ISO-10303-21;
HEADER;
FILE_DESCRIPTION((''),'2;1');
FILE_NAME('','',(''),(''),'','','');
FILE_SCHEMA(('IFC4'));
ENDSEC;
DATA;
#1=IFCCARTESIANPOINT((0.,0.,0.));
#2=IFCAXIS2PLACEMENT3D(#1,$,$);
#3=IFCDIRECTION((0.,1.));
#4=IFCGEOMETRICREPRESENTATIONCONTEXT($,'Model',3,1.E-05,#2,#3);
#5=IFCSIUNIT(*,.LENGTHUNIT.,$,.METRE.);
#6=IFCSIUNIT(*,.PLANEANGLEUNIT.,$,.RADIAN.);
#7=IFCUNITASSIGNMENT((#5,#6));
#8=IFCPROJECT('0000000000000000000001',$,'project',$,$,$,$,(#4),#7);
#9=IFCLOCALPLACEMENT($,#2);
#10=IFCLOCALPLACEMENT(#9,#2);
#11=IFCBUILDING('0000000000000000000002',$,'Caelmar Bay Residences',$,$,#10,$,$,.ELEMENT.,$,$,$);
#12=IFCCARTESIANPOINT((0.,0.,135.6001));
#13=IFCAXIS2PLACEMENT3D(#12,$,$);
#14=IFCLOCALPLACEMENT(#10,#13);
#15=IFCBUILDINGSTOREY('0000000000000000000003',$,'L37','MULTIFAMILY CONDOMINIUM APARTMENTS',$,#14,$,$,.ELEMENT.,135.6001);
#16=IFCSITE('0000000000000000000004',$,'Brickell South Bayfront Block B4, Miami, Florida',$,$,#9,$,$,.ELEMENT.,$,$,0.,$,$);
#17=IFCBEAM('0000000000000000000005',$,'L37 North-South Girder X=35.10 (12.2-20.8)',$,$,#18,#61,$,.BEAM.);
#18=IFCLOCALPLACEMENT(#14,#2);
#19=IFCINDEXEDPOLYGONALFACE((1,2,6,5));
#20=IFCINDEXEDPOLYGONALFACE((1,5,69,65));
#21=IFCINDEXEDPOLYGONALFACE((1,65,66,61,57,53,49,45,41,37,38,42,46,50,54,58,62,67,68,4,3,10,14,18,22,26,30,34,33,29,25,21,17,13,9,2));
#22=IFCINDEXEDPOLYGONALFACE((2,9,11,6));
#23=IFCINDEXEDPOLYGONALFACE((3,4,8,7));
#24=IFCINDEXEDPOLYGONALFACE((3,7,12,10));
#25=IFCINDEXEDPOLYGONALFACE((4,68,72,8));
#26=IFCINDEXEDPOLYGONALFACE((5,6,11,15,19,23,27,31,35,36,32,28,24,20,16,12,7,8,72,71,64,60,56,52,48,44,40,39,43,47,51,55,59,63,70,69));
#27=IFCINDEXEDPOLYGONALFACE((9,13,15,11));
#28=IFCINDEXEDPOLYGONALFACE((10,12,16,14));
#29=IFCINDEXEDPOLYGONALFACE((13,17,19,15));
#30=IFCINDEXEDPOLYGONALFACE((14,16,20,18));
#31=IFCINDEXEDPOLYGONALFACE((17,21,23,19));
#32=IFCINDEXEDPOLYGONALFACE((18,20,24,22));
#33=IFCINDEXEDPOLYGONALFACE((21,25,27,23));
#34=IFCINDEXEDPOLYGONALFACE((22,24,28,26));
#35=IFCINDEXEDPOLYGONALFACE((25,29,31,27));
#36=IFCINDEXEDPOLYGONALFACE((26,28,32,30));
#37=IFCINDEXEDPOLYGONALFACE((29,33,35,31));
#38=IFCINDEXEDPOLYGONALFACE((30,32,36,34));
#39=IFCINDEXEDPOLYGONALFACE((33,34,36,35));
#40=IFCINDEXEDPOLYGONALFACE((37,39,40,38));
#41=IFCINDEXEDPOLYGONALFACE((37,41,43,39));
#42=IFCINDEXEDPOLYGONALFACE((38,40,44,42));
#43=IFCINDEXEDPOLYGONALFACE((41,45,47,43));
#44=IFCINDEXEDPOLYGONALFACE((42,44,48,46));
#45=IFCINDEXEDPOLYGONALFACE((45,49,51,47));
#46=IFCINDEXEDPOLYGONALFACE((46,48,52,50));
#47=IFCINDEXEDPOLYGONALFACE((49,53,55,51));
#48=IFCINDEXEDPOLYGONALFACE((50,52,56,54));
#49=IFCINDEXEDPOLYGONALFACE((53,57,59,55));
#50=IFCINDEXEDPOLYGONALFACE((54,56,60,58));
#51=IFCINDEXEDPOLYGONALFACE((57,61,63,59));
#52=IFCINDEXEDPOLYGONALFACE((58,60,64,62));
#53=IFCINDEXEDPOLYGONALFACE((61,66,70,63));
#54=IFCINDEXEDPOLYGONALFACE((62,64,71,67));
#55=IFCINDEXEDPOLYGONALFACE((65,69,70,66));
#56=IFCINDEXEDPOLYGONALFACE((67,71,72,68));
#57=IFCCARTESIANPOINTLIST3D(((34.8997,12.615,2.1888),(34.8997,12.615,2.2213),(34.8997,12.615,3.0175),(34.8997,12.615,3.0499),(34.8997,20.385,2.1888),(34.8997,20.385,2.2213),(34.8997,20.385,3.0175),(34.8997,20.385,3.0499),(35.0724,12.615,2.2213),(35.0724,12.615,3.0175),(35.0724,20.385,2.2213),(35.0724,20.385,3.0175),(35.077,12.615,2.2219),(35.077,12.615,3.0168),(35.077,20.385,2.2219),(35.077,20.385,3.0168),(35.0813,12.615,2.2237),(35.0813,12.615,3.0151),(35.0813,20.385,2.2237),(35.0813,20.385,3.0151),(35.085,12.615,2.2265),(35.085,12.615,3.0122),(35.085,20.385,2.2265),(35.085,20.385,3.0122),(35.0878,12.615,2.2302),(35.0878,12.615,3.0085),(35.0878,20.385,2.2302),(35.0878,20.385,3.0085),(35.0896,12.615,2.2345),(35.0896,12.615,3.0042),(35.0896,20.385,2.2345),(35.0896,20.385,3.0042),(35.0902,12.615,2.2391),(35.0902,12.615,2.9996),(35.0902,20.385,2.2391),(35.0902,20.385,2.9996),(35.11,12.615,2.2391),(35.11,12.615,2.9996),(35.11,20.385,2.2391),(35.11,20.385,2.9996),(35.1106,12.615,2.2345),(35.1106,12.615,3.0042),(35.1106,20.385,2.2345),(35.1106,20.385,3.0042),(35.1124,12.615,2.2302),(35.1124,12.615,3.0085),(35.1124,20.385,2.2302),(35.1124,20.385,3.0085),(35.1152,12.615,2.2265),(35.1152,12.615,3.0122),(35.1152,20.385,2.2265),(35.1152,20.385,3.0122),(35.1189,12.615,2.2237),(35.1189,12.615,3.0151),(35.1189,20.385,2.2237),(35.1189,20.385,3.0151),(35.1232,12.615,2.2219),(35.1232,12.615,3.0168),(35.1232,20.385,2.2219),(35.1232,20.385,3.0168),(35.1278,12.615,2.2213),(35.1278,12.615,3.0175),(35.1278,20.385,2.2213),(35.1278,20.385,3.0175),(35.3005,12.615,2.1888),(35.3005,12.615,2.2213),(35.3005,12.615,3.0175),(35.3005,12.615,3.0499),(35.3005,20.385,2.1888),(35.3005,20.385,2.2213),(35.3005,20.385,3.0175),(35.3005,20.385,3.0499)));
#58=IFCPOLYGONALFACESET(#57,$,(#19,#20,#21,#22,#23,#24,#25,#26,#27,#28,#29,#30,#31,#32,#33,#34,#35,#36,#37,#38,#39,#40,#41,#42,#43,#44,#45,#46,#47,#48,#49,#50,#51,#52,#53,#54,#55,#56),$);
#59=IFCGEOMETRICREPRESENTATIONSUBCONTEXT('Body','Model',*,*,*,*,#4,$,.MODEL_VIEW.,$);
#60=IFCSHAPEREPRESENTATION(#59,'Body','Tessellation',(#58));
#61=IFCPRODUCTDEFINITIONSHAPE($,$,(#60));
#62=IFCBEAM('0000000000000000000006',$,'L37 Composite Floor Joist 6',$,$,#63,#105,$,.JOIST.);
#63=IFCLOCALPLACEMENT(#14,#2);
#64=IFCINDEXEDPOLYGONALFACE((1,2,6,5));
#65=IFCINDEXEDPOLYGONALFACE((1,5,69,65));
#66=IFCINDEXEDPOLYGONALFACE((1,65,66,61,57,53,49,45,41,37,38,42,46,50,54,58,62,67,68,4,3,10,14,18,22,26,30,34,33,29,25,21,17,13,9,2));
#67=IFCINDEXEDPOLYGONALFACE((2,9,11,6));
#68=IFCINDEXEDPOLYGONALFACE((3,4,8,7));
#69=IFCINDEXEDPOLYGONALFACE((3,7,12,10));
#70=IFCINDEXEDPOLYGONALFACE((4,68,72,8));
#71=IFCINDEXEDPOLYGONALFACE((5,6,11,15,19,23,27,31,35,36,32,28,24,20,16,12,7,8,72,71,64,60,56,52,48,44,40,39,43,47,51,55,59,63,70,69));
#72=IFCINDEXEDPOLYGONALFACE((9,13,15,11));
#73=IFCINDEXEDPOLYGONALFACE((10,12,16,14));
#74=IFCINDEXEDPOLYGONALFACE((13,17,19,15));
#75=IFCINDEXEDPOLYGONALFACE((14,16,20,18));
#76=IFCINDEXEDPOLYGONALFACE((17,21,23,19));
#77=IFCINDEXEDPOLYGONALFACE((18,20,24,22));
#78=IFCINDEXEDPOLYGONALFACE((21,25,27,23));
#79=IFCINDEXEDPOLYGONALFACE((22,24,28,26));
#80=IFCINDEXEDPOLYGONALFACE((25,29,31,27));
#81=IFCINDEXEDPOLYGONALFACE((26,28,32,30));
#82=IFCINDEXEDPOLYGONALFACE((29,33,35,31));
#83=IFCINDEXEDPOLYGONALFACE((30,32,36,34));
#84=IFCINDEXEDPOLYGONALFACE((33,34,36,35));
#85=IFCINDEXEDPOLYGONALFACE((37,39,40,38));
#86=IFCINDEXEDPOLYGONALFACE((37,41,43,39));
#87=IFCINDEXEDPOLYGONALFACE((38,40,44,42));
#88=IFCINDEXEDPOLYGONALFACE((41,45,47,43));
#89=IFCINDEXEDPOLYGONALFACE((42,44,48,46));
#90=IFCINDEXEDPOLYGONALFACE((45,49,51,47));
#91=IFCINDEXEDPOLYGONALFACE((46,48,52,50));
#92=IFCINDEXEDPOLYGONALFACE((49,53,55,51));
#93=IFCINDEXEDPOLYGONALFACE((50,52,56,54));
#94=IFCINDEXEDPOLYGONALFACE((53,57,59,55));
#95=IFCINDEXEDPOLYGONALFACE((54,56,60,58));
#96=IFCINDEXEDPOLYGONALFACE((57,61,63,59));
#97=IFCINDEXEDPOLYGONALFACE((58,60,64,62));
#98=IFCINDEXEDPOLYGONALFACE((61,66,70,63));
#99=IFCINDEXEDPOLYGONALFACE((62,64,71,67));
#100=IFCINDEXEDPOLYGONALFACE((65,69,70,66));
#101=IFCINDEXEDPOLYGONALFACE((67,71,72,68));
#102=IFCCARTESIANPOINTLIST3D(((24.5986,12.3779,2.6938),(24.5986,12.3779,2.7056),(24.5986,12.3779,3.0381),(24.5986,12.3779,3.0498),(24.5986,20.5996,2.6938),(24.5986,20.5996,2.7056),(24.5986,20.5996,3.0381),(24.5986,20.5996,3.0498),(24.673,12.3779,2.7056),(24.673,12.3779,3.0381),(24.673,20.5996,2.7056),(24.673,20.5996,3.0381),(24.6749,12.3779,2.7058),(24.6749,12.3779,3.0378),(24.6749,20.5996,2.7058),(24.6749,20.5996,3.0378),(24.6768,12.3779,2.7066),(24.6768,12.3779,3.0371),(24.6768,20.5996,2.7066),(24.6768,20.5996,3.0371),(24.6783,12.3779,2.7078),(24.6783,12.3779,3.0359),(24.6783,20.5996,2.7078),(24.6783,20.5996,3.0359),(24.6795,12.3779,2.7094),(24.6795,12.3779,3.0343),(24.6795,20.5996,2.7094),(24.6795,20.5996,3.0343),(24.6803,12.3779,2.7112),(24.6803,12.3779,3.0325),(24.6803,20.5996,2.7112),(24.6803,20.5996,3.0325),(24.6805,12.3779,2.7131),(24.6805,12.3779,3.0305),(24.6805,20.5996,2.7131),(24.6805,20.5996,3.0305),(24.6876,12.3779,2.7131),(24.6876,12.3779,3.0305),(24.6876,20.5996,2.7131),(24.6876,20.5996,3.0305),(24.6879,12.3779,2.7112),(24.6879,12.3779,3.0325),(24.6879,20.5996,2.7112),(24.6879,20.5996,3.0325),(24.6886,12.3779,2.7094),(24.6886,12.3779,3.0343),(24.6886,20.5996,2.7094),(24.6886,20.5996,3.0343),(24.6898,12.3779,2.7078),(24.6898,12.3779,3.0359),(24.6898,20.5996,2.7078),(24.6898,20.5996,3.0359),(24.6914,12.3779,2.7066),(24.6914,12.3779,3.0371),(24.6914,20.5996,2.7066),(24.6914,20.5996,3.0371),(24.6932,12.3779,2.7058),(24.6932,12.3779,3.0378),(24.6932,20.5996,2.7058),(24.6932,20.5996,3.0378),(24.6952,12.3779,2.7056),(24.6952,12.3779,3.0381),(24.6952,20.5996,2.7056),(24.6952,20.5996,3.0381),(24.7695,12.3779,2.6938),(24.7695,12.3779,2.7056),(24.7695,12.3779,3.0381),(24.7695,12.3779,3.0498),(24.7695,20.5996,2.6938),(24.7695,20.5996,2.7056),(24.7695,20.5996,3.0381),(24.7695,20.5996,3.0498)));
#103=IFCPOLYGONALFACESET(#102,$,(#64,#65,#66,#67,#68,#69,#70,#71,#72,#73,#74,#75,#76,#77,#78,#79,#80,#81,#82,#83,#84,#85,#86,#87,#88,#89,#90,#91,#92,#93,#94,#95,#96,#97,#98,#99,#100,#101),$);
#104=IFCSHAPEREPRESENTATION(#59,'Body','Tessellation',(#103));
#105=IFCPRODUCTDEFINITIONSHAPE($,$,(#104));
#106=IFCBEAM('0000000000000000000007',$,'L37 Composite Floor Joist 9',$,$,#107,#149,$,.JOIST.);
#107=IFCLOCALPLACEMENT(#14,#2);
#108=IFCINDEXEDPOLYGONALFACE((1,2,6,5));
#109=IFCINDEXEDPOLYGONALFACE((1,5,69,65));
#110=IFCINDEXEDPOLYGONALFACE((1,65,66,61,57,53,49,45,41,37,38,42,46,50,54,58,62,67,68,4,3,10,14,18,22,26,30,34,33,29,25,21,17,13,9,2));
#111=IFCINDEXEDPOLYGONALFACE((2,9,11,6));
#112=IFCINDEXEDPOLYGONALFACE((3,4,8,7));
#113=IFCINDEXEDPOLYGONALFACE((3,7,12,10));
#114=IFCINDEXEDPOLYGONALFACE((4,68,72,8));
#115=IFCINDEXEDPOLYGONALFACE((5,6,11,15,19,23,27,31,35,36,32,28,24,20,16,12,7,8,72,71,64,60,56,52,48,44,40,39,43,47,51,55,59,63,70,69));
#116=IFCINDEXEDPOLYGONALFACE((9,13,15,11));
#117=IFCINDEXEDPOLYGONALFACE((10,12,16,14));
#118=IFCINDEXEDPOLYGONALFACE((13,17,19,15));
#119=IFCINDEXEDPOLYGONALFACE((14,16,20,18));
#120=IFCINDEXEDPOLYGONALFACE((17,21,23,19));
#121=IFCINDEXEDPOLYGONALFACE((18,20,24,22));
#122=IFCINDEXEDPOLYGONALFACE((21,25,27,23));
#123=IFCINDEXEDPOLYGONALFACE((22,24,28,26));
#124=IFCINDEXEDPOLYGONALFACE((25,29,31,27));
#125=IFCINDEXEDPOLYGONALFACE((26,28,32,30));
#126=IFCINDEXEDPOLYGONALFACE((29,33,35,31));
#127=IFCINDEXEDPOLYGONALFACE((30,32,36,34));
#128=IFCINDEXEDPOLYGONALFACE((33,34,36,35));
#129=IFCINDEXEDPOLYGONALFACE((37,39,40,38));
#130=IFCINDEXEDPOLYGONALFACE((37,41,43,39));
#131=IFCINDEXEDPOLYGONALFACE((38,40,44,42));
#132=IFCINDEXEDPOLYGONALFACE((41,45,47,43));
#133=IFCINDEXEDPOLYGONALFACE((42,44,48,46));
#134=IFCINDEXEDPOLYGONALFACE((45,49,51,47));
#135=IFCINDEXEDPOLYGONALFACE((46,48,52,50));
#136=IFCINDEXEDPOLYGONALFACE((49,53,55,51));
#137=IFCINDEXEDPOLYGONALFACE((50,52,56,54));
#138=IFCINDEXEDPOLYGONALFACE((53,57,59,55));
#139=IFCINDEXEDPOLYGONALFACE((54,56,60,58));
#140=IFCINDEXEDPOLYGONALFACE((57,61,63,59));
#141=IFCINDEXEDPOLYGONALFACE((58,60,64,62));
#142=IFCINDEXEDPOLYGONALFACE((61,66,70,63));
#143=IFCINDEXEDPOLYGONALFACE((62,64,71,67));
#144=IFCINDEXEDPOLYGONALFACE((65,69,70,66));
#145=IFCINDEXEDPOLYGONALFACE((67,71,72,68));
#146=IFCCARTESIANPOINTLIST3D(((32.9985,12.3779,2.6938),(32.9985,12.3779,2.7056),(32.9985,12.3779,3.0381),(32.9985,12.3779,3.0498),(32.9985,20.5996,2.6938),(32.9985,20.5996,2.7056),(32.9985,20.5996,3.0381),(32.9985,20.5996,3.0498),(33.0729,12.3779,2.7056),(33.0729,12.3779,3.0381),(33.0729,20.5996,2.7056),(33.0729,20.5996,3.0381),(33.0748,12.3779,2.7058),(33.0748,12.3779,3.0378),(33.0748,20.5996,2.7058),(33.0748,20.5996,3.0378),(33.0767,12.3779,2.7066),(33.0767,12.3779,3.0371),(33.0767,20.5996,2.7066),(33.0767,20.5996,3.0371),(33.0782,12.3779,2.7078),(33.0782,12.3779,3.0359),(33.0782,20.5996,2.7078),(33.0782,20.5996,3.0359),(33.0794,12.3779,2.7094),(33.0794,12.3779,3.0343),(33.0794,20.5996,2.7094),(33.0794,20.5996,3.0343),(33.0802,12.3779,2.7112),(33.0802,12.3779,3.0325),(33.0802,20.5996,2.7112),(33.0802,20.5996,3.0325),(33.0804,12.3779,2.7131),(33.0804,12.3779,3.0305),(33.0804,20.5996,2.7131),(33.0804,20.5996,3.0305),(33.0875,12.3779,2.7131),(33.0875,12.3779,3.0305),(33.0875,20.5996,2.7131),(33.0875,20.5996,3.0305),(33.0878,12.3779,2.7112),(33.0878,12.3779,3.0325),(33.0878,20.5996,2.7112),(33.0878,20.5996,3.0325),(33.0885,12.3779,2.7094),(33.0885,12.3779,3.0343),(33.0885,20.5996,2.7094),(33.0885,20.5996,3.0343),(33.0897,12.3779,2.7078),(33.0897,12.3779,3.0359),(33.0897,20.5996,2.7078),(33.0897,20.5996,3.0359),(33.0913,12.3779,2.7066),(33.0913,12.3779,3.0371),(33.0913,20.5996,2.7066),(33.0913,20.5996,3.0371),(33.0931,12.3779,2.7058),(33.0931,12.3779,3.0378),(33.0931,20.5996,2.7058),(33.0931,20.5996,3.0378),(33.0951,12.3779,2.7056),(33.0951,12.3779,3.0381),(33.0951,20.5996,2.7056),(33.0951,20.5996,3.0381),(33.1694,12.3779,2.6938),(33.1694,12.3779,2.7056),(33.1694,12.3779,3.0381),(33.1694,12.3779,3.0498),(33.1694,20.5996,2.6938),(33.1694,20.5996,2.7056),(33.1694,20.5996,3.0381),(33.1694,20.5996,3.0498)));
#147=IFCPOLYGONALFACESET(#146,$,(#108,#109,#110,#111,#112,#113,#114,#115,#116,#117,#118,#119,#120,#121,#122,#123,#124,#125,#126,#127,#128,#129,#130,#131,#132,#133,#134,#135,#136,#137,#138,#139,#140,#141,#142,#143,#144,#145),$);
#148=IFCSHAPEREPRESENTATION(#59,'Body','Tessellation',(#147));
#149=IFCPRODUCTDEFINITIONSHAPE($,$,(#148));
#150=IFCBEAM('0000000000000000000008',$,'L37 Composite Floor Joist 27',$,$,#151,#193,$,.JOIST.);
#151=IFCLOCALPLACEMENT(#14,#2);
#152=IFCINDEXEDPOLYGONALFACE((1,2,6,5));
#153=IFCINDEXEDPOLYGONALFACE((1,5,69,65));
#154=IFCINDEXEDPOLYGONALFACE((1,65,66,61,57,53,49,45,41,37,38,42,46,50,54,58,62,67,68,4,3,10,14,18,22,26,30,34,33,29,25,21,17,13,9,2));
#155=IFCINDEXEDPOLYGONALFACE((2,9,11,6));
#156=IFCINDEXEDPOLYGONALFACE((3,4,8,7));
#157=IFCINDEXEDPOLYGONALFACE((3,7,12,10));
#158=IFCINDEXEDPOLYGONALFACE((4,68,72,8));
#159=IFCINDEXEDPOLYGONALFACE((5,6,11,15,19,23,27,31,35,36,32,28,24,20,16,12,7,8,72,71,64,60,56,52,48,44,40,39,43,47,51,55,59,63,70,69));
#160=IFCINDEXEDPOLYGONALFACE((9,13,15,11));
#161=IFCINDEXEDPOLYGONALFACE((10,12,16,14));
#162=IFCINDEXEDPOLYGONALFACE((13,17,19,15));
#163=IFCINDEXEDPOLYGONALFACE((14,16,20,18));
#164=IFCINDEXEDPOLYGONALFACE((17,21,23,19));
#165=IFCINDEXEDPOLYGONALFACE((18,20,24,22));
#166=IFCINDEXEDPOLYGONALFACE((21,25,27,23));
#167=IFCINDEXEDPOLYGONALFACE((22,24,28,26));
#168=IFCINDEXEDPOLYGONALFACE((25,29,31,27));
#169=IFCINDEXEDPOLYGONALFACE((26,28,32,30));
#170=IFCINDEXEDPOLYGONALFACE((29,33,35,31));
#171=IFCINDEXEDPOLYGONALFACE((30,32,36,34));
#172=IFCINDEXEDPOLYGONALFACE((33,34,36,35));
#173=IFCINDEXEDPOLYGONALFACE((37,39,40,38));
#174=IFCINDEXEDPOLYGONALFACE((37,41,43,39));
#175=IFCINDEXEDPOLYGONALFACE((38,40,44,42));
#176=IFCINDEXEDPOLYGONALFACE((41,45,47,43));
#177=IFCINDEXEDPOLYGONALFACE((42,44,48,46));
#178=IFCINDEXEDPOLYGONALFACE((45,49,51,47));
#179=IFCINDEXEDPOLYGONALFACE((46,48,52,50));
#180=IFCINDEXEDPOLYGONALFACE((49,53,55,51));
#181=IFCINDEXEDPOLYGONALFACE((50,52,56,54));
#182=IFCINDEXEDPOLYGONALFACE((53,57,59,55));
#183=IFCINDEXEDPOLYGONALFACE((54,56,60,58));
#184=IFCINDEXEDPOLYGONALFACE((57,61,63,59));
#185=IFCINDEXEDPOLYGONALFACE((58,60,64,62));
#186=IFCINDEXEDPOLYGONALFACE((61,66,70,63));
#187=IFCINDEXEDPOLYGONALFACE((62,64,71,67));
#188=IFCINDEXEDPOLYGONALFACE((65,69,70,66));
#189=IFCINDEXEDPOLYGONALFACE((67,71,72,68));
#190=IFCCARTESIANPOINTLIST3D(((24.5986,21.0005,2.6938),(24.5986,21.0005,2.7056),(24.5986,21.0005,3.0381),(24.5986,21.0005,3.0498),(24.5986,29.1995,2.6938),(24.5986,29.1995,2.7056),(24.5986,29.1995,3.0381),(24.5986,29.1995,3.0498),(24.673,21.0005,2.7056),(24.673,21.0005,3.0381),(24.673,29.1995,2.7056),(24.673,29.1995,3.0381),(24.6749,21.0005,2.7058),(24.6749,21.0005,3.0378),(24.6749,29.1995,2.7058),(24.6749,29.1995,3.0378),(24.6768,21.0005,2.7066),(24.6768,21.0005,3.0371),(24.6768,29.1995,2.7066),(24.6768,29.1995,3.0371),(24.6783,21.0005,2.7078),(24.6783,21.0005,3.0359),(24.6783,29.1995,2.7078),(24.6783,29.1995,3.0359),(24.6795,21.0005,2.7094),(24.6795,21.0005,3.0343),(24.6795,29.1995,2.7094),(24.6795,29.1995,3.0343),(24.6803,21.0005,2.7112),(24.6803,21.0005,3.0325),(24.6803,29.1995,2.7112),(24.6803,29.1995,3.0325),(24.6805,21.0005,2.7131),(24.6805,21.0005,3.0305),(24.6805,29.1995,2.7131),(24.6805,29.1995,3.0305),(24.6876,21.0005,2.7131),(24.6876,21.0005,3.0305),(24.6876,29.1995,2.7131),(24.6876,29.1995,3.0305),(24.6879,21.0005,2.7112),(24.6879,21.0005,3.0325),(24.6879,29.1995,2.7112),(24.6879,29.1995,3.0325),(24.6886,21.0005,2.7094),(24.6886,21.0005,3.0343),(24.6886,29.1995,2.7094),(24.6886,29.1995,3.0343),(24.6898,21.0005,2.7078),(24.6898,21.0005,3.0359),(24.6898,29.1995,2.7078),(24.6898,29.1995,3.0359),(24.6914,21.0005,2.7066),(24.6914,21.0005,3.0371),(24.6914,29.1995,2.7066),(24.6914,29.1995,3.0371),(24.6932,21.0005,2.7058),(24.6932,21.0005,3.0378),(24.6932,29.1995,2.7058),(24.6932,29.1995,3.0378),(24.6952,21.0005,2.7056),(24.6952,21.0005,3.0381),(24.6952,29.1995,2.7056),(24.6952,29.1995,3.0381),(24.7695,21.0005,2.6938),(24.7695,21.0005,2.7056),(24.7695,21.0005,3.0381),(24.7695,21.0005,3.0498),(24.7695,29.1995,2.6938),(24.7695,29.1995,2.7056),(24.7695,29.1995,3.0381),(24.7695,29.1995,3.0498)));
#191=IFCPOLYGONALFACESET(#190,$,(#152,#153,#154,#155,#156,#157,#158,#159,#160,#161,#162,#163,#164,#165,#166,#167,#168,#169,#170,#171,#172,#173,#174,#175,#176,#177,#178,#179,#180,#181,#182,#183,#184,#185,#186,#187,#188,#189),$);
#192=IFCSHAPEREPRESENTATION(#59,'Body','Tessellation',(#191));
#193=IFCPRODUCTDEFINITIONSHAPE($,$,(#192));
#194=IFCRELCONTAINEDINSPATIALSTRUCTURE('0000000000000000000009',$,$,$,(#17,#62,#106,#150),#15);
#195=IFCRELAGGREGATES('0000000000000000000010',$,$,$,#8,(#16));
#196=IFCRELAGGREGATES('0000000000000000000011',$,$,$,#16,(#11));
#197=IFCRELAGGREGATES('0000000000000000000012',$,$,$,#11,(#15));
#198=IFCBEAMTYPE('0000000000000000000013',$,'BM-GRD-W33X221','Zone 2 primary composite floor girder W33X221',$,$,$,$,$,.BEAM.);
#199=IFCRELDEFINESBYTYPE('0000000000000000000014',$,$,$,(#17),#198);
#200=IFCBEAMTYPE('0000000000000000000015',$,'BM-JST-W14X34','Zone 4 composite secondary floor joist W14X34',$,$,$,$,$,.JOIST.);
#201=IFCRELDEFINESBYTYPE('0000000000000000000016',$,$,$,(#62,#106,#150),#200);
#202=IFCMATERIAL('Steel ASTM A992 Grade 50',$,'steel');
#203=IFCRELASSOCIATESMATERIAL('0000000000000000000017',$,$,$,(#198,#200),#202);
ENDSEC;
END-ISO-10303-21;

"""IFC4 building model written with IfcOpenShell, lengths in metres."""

from ifc_helpers import new_model, si_unit, direction, frame, origin, origin_2d, place, context, subcontext, project, spatial, i_section, extrude, material, material_profile, profile_set, type_object, element, save


model = new_model("IFC4")

# Units and contexts
model_context = context("Model", 3, precision=1e-05, world=origin(), true_north=direction((0.0, 1.0)))
body_context = subcontext(model_context, "Body", "Model", "MODEL_VIEW")
ifc_project = project(units=[si_unit("LENGTHUNIT", "METRE"), si_unit("PLANEANGLEUNIT", "RADIAN")], contexts=[model_context])

# Site, building, storey
site_placement = place(None, origin())
site = spatial("IfcSite", under=ifc_project, at=site_placement, Name="Brickell South Bayfront Block B4, Miami, Florida", CompositionType="ELEMENT", RefElevation=0.0)
building_placement = place(site_placement, origin())
building = spatial("IfcBuilding", under=site, at=building_placement, Name="Caelmar Bay Residences", CompositionType="ELEMENT")
storey_placement = place(building_placement, frame((0.0, 0.0, 135.6001)))
storey = spatial("IfcBuildingStorey", under=building, at=storey_placement, Name="L37", Description="MULTIFAMILY CONDOMINIUM APARTMENTS", CompositionType="ELEMENT", Elevation=135.6001)

# Beams
ifc_material_1 = material(Name="Steel ASTM A992 Grade 50", Category="steel")
ifc_material_profile_1 = material_profile(ifc_material_1, i_section(OverallWidth=0.4009, OverallDepth=0.8611, WebThickness=0.0198, FlangeThickness=0.0325, FilletRadius=0.0178, at=origin_2d()), Name="W33X221")
ifc_profile_set_1 = profile_set([ifc_material_profile_1], Name="Steel ASTM A992 Grade 50")
beam_type_1 = type_object("IfcBeamType", Name="BM-GRD-W33X221", Description="Zone 2 primary composite floor girder W33X221", PredefinedType="BEAM", material=ifc_profile_set_1)
for number, where, z_axis, x_axis, name in (
    (1, (35.1001, 12.615, 2.6194), (0.0, 1.0, 0.0), (-1.0, 0.0, 0.0), "L37 North-South Girder X=35.10 (12.2-20.8)"),
):
    element("IfcBeam", number, at=place(storey_placement, frame(where, z_axis=z_axis, x_axis=x_axis)), inside=storey, type_object=beam_type_1, Name=name, PredefinedType="BEAM", context=body_context, shape_type="SweptSolid", body=[
        extrude(i_section(OverallWidth=0.4009, OverallDepth=0.8611, WebThickness=0.0198, FlangeThickness=0.0325, FilletRadius=0.0178, at=origin_2d()), origin(), (0.0, 0.0, 1.0), 7.77),
    ])
ifc_material_profile_2 = material_profile(ifc_material_1, i_section(OverallWidth=0.1709, OverallDepth=0.356, WebThickness=0.0071, FlangeThickness=0.0117, FilletRadius=0.0076, at=origin_2d()), Name="W14X34")
ifc_profile_set_2 = profile_set([ifc_material_profile_2], Name="Steel ASTM A992 Grade 50")
beam_type_2 = type_object("IfcBeamType", Name="BM-JST-W14X34", Description="Zone 4 composite secondary floor joist W14X34", PredefinedType="JOIST", material=ifc_profile_set_2)
for number, where, z_axis, x_axis, name in (
    (2, (24.6841, 12.3779, 2.8718), (0.0, 1.0, 0.0), (-1.0, 0.0, 0.0), "L37 Composite Floor Joist 6"),
    (3, (33.084, 12.3779, 2.8718), (0.0, 1.0, 0.0), (-1.0, 0.0, 0.0), "L37 Composite Floor Joist 9"),
):
    element("IfcBeam", number, at=place(storey_placement, frame(where, z_axis=z_axis, x_axis=x_axis)), inside=storey, type_object=beam_type_2, Name=name, PredefinedType="JOIST", context=body_context, shape_type="SweptSolid", body=[
        extrude(i_section(OverallWidth=0.1709, OverallDepth=0.356, WebThickness=0.0071, FlangeThickness=0.0117, FilletRadius=0.0076, at=origin_2d()), origin(), (0.0, 0.0, 1.0), 8.2217),
    ])
beam_1_placement = place(storey_placement, frame((24.6841, 21.0005, 2.8718), z_axis=(0.0, 1.0, 0.0), x_axis=(-1.0, 0.0, 0.0)))
element("IfcBeam", 4, at=beam_1_placement, inside=storey, type_object=beam_type_2, Name="L37 Composite Floor Joist 27", PredefinedType="JOIST", context=body_context, shape_type="SweptSolid", body=[
    extrude(i_section(OverallWidth=0.1709, OverallDepth=0.356, WebThickness=0.0071, FlangeThickness=0.0117, FilletRadius=0.0076, at=origin_2d()), origin(), (0.0, 0.0, 1.0), 8.199),
])

save(model, "model.ifc")
